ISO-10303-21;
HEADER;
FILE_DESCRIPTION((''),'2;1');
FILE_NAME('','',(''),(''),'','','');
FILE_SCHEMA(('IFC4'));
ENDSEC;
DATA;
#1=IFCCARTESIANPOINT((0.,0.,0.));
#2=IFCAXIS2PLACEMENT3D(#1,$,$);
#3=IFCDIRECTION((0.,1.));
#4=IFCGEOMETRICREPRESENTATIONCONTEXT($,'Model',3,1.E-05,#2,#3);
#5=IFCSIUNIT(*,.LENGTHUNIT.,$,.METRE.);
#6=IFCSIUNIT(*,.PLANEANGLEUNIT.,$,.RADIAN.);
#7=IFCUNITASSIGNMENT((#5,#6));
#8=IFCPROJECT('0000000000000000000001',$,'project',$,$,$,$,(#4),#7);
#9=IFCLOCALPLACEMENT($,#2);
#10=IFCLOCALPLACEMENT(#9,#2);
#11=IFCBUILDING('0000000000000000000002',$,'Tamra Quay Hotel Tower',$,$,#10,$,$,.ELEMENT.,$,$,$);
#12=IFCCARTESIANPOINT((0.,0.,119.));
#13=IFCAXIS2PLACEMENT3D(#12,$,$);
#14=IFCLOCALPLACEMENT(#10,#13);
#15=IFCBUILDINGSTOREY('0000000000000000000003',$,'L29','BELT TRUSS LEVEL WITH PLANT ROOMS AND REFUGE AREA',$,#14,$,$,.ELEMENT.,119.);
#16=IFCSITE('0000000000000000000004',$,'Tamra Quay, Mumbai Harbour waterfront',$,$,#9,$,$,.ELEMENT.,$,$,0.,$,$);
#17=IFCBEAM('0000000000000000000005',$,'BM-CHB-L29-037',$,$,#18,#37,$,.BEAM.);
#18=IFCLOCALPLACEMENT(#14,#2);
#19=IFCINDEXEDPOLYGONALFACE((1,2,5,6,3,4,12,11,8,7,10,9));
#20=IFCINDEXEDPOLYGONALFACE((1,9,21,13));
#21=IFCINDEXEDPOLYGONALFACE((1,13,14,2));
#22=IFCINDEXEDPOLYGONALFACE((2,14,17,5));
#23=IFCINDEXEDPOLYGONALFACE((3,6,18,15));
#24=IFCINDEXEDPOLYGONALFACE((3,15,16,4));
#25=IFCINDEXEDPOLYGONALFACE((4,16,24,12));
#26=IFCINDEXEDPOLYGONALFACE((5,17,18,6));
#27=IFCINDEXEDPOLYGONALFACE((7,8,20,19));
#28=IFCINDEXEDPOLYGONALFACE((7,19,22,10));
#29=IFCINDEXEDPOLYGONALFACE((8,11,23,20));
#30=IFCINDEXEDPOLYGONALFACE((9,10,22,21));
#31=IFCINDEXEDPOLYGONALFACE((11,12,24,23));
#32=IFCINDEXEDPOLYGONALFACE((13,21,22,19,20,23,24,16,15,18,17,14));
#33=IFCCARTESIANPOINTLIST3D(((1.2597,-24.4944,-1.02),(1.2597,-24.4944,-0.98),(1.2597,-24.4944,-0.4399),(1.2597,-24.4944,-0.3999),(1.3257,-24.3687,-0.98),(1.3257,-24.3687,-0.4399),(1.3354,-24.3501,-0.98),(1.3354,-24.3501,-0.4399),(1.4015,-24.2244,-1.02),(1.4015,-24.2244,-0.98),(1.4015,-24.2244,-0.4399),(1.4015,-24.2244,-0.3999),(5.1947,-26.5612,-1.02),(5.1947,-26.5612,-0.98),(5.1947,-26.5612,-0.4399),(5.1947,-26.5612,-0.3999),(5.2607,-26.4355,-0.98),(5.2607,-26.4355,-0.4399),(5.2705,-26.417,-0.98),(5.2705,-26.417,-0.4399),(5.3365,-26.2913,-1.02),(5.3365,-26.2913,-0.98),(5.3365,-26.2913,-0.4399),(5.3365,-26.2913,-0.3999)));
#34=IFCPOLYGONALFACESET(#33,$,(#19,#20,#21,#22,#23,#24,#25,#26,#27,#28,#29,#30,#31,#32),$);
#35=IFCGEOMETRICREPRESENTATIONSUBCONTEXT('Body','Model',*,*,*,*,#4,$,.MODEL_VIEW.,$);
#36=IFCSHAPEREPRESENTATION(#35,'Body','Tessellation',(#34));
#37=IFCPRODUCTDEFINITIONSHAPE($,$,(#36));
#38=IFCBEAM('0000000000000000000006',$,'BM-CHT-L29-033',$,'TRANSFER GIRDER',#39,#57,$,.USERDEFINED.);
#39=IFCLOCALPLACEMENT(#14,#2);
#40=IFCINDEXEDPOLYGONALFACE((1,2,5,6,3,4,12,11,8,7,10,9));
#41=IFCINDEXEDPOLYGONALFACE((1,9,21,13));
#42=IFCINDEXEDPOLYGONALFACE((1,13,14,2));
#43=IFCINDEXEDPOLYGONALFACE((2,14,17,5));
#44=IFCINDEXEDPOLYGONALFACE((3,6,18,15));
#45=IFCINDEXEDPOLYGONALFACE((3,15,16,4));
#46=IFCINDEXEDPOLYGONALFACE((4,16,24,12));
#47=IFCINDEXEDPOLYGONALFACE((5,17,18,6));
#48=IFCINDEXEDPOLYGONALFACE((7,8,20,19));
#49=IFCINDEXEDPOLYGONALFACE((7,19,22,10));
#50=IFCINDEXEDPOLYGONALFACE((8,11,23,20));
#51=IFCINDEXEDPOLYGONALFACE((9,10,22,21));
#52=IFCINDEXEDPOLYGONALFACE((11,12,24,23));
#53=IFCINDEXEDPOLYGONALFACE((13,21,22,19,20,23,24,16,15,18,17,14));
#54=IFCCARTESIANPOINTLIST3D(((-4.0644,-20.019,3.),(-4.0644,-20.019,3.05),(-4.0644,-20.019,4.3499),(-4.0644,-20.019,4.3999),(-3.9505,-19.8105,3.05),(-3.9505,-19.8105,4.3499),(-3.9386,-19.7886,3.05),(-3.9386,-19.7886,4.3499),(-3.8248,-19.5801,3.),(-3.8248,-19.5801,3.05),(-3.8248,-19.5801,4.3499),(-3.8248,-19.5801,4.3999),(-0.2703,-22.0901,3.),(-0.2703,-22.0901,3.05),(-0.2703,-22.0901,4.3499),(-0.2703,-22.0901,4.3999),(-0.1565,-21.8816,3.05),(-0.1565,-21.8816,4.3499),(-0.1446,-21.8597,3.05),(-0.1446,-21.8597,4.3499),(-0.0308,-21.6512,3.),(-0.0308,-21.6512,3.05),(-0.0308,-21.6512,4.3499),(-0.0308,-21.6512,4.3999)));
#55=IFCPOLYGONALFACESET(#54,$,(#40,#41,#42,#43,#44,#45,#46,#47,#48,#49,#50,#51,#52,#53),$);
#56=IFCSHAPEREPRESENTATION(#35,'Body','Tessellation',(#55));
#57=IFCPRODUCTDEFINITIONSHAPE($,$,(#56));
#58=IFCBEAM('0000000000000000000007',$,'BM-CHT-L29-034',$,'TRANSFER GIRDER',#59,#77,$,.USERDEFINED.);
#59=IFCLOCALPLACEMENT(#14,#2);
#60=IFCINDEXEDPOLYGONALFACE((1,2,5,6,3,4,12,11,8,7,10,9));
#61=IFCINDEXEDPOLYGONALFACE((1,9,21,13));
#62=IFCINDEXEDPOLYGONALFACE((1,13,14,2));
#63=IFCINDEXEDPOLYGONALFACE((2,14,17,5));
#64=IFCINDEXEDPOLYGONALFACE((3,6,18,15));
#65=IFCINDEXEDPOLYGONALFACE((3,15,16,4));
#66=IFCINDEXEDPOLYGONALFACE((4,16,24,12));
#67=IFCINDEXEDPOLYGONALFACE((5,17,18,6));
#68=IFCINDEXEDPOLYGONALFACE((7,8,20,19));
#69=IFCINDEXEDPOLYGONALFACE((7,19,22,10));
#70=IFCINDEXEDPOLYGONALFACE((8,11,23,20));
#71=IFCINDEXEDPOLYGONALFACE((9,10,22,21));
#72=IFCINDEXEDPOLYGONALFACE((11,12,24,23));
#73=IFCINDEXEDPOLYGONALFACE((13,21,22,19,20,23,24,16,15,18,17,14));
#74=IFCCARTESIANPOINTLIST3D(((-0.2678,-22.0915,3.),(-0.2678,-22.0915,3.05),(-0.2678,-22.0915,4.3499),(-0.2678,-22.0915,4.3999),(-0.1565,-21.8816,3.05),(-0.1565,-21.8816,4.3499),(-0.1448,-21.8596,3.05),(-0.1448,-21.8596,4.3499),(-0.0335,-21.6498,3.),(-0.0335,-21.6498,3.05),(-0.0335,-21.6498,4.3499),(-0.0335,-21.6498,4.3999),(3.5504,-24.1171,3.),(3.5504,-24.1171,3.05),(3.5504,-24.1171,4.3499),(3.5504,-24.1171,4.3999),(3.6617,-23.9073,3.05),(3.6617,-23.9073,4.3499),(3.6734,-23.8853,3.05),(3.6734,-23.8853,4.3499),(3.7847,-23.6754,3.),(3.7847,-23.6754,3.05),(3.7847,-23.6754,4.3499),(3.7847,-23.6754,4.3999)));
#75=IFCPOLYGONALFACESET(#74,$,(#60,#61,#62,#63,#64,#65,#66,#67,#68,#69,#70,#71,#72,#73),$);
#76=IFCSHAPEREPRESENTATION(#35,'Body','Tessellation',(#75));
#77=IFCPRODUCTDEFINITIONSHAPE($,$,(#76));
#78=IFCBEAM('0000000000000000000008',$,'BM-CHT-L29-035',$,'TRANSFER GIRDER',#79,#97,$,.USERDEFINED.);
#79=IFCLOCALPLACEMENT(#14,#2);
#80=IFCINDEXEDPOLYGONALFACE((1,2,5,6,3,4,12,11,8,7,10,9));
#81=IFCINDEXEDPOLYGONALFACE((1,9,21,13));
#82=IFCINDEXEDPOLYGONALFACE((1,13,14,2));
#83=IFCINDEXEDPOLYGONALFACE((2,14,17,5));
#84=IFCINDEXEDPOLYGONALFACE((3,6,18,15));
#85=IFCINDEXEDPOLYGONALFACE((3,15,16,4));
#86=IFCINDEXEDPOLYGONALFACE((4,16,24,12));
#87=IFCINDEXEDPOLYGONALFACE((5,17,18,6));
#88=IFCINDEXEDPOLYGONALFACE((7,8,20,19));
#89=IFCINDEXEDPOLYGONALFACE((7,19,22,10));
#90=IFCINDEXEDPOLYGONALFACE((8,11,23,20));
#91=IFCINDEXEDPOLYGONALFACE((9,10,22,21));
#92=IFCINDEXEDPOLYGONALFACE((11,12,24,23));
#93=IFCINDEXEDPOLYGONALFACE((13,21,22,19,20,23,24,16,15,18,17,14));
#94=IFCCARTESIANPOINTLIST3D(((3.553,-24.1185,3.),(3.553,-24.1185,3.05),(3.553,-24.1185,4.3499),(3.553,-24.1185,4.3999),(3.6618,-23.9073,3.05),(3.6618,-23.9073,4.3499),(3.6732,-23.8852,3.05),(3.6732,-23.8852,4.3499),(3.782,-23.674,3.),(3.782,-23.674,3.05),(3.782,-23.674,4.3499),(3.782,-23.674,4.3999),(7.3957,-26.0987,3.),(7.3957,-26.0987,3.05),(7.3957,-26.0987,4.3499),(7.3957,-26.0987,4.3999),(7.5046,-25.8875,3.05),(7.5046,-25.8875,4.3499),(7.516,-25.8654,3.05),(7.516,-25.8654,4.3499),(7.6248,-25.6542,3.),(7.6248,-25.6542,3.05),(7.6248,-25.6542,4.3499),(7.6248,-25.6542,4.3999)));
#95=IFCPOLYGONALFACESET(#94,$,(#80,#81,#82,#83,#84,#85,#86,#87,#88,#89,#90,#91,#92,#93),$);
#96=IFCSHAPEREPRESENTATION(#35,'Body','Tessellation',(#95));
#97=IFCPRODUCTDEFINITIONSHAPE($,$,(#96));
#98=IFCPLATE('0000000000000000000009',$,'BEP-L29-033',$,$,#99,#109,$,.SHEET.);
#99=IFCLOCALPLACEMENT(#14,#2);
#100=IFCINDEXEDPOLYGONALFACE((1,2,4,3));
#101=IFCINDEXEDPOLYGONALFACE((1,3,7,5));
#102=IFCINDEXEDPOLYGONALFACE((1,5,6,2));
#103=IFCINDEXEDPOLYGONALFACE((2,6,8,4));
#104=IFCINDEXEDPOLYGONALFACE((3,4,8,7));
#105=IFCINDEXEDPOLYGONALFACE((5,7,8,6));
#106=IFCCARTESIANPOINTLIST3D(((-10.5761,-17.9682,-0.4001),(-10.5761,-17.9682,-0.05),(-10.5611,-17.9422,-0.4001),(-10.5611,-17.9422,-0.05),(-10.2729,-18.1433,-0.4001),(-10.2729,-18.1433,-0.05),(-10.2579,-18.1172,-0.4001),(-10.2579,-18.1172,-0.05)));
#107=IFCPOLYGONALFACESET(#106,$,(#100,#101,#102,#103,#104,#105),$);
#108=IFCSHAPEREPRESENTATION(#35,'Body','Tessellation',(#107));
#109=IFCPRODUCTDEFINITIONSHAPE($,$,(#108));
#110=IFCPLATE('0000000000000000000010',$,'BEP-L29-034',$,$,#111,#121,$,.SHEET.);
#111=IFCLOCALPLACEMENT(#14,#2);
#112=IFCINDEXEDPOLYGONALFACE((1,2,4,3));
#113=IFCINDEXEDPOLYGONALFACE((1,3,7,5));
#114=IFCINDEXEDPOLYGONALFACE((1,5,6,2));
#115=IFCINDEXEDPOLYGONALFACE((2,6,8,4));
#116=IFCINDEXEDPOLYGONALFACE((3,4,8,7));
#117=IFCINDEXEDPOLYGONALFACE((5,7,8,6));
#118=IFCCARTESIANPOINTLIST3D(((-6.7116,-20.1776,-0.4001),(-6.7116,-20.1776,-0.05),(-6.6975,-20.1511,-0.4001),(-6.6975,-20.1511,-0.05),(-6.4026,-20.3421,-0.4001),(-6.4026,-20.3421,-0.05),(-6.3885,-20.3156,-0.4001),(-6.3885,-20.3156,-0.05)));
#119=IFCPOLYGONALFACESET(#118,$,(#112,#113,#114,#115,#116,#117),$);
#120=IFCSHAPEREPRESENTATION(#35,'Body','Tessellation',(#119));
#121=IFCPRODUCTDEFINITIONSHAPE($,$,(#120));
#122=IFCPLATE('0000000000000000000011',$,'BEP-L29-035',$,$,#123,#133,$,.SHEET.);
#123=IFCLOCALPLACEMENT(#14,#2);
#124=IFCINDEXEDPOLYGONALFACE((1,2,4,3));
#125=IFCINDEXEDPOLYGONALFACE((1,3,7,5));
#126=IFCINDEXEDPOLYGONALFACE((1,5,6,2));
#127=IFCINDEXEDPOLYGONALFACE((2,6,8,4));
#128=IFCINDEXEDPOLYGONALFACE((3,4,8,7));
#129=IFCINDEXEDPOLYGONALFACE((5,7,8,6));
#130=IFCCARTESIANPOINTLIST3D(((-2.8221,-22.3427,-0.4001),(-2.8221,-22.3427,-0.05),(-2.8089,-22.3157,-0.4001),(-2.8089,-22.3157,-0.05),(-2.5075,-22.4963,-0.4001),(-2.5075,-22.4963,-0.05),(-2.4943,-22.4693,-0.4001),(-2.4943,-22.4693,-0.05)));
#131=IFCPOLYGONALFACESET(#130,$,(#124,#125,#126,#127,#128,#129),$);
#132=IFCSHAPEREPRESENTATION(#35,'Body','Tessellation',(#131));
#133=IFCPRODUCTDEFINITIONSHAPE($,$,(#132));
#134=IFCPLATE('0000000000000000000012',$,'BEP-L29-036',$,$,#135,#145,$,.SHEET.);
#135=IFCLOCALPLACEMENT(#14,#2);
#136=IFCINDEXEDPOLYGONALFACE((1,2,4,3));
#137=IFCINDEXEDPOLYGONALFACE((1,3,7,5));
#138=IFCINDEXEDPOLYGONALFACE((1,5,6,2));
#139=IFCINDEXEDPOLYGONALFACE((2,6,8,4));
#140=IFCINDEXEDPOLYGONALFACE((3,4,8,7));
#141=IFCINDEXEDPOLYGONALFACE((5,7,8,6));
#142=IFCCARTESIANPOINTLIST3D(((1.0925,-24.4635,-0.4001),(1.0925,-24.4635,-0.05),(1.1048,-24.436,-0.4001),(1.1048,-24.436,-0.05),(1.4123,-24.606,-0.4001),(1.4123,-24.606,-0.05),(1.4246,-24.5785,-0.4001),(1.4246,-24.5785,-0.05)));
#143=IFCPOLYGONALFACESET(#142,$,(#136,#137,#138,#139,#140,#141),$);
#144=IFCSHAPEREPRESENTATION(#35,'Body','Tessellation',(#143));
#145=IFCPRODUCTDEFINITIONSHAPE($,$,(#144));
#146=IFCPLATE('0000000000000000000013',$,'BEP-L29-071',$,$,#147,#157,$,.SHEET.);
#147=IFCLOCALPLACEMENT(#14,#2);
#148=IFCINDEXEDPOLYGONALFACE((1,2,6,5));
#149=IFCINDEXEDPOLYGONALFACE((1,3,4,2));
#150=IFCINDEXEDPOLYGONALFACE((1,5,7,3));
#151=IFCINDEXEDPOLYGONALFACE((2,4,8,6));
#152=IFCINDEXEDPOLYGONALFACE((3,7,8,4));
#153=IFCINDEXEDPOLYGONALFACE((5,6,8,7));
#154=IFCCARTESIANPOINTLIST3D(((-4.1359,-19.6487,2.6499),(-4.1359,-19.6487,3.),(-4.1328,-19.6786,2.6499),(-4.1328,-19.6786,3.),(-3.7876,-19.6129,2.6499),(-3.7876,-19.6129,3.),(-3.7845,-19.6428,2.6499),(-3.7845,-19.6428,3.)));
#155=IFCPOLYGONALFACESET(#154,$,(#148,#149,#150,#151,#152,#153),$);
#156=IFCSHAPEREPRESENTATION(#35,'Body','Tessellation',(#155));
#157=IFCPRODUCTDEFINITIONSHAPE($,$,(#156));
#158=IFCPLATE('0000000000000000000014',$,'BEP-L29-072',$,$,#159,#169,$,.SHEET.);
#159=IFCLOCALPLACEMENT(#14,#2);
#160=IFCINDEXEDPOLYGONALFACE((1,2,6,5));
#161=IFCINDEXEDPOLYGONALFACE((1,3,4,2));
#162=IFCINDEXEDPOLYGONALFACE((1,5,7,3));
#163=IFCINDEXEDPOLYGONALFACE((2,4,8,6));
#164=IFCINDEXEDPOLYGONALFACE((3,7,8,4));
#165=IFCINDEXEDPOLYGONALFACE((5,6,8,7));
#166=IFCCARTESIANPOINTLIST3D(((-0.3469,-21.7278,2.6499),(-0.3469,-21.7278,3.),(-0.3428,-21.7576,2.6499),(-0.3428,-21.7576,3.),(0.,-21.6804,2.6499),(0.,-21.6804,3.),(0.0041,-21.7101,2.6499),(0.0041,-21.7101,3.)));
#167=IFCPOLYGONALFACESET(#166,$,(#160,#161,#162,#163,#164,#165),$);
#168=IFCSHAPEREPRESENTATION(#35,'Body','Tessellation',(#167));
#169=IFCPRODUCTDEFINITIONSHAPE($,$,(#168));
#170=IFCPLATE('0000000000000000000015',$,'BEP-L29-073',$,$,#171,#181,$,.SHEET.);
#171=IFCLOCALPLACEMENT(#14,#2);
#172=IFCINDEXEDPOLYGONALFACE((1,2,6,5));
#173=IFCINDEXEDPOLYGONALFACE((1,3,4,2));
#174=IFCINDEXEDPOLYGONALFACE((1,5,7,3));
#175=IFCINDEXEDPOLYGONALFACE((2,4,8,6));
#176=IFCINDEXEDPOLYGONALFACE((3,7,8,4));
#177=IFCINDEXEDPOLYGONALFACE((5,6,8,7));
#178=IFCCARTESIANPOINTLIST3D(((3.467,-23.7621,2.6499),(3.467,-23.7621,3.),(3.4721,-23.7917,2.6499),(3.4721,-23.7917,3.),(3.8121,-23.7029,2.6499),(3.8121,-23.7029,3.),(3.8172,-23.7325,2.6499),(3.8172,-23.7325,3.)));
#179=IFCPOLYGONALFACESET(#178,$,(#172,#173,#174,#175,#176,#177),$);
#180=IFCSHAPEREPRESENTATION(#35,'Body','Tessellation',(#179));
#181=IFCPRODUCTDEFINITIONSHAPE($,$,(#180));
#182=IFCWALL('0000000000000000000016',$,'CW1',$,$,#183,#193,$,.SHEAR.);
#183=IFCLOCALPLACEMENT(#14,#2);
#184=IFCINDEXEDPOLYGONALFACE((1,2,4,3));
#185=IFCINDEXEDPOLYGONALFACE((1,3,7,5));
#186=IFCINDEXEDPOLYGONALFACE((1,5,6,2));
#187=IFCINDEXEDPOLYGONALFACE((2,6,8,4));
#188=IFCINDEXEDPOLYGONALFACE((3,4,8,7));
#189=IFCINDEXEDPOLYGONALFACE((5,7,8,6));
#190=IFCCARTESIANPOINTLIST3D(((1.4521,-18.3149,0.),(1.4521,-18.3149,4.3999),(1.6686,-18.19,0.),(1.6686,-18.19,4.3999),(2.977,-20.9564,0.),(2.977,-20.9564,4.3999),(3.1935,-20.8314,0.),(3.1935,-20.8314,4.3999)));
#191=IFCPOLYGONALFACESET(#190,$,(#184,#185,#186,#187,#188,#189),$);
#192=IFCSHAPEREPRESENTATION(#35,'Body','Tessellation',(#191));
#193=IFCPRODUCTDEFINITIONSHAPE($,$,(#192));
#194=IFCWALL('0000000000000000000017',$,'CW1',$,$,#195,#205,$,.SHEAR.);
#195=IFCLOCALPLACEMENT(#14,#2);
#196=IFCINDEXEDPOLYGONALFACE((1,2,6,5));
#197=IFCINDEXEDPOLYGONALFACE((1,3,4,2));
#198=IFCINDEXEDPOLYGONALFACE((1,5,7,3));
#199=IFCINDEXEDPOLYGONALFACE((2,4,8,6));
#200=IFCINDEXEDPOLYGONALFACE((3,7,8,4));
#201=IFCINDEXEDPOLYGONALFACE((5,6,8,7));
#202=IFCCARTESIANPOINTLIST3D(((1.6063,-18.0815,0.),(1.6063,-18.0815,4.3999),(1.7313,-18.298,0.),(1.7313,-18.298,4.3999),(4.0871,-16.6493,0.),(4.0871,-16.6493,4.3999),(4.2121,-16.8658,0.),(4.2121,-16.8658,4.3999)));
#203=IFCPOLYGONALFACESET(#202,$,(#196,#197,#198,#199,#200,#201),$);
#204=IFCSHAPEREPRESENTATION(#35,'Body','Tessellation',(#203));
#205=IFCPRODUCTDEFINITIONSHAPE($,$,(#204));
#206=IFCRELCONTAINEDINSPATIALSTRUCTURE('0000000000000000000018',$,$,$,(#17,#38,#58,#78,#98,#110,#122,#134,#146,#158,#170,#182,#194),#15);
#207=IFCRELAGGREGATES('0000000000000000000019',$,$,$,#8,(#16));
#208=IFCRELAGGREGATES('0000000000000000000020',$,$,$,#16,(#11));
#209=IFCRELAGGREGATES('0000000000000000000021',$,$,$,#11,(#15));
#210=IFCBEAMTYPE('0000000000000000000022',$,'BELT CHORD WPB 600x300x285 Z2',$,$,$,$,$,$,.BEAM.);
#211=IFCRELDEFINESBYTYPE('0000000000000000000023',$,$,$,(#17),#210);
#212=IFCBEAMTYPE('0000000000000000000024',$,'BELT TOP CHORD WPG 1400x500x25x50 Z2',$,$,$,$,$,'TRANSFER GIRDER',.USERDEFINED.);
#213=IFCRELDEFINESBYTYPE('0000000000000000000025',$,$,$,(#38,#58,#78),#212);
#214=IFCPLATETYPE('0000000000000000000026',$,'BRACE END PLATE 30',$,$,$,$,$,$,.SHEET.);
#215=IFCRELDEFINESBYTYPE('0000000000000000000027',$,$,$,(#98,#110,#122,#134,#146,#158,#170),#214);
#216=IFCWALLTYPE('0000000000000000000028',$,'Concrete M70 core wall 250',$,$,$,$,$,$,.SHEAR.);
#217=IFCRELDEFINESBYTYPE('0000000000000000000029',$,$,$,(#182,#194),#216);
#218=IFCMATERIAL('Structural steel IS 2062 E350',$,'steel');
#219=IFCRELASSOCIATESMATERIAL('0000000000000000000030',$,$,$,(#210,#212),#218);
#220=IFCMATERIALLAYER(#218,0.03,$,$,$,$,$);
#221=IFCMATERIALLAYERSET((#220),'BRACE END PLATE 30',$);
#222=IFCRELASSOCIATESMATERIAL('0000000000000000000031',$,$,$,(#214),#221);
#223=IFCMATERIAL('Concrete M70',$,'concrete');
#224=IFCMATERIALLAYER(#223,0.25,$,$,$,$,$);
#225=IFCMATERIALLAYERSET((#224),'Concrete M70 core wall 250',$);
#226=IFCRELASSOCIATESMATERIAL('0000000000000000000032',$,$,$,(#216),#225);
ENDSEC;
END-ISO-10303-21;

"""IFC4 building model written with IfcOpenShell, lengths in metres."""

from ifc_helpers import new_model, si_unit, direction, frame, frame_2d, origin, origin_2d, place, context, subcontext, project, spatial, rectangle, i_section, extrude, material, layer, layer_set, material_profile, profile_set, type_object, element, save


model = new_model("IFC4")

# Units and contexts
model_context = context("Model", 3, precision=1e-05, world=origin(), true_north=direction((0.0, 1.0)))
body_context = subcontext(model_context, "Body", "Model", "MODEL_VIEW")
ifc_project = project(units=[si_unit("LENGTHUNIT", "METRE"), si_unit("PLANEANGLEUNIT", "RADIAN")], contexts=[model_context])

# Site, building, storey
site_placement = place(None, origin())
site = spatial("IfcSite", under=ifc_project, at=site_placement, Name="Tamra Quay, Mumbai Harbour waterfront", CompositionType="ELEMENT", RefElevation=0.0)
building_placement = place(site_placement, origin())
building = spatial("IfcBuilding", under=site, at=building_placement, Name="Tamra Quay Hotel Tower", CompositionType="ELEMENT")
storey_placement = place(building_placement, frame((0.0, 0.0, 119.0)))
storey = spatial("IfcBuildingStorey", under=building, at=storey_placement, Name="L29", Description="BELT TRUSS LEVEL WITH PLANT ROOMS AND REFUGE AREA", CompositionType="ELEMENT", Elevation=119.0)

# Shared definitions
ifc_material_1 = material(Name="Structural steel IS 2062 E350", Category="steel")

# Beams
ifc_material_profile_1 = material_profile(ifc_material_1, i_section(OverallWidth=0.3049, OverallDepth=0.6201, WebThickness=0.021, FlangeThickness=0.04, at=origin_2d()), Name="WPB 600x300x285")
ifc_profile_set_1 = profile_set([ifc_material_profile_1], Name="Structural steel IS 2062 E350")
beam_type_1 = type_object("IfcBeamType", Name="BELT CHORD WPB 600x300x285 Z2", PredefinedType="BEAM", material=ifc_profile_set_1)
beam_1_placement = place(storey_placement, frame((1.3306, -24.3594, -0.71), z_axis=(0.885306, -0.465008, 0.0), x_axis=(0.465008, 0.885306, 0.0)))
element("IfcBeam", 1, at=beam_1_placement, inside=storey, type_object=beam_type_1, Name="BM-CHB-L29-037", PredefinedType="BEAM", context=body_context, shape_type="SweptSolid", body=[
    extrude(i_section(OverallWidth=0.3049, OverallDepth=0.6201, WebThickness=0.021, FlangeThickness=0.04, at=origin_2d()), origin(), (0.0, 0.0, 1.0), 4.4448),
])
ifc_material_profile_2 = material_profile(ifc_material_1, i_section(OverallWidth=0.5, OverallDepth=1.3999, WebThickness=0.0249, FlangeThickness=0.05, at=origin_2d()), Name="WPG 1400x500x25x50")
ifc_profile_set_2 = profile_set([ifc_material_profile_2], Name="Structural steel IS 2062 E350")
beam_type_2 = type_object("IfcBeamType", Name="BELT TOP CHORD WPG 1400x500x25x50 Z2", ElementType="TRANSFER GIRDER", PredefinedType="USERDEFINED", material=ifc_profile_set_2)
beam_2_placement = place(storey_placement, frame((-3.9446, -19.7996, 3.7), z_axis=(0.877738, -0.479141, 0.0), x_axis=(0.479141, 0.877738, 0.0)))
element("IfcBeam", 2, at=beam_2_placement, inside=storey, type_object=beam_type_2, Name="BM-CHT-L29-033", ObjectType="TRANSFER GIRDER", PredefinedType="USERDEFINED", context=body_context, shape_type="SweptSolid", body=[
    extrude(i_section(OverallWidth=0.5, OverallDepth=1.3999, WebThickness=0.0249, FlangeThickness=0.05, at=origin_2d()), origin(), (0.0, 0.0, 1.0), 4.3225),
])
beam_3_placement = place(storey_placement, frame((-0.1506, -21.8706, 3.7), z_axis=(0.883378, -0.468661, 0.0), x_axis=(0.468661, 0.883378, 0.0)))
element("IfcBeam", 3, at=beam_3_placement, inside=storey, type_object=beam_type_2, Name="BM-CHT-L29-034", ObjectType="TRANSFER GIRDER", PredefinedType="USERDEFINED", context=body_context, shape_type="SweptSolid", body=[
    extrude(i_section(OverallWidth=0.5, OverallDepth=1.3999, WebThickness=0.0249, FlangeThickness=0.05, at=origin_2d()), origin(), (0.0, 0.0, 1.0), 4.3223),
])
beam_4_placement = place(storey_placement, frame((3.6675, -23.8962, 3.7), z_axis=(0.888917, -0.458069, 0.0), x_axis=(0.458069, 0.888917, 0.0)))
element("IfcBeam", 4, at=beam_4_placement, inside=storey, type_object=beam_type_2, Name="BM-CHT-L29-035", ObjectType="TRANSFER GIRDER", PredefinedType="USERDEFINED", context=body_context, shape_type="SweptSolid", body=[
    extrude(i_section(OverallWidth=0.5, OverallDepth=1.3999, WebThickness=0.0249, FlangeThickness=0.05, at=origin_2d()), origin(), (0.0, 0.0, 1.0), 4.323),
])

# Plates
ifc_layer_1 = layer(ifc_material_1, 0.03)
ifc_layer_set_1 = layer_set([ifc_layer_1], Name="BRACE END PLATE 30")
plate_type = type_object("IfcPlateType", Name="BRACE END PLATE 30", PredefinedType="SHEET", material=ifc_layer_set_1)
for number, where, z_axis, x_axis, name in (
    (5, (-10.417, -18.0427, -0.4001), (0.0, 0.0, 1.0), (0.500009, 0.86602, 0.0), "BEP-L29-033"),
    (6, (-6.55, -20.2466, -0.4001), (0.0, 0.0, 1.0), (0.469758, 0.882795, 0.0), "BEP-L29-034"),
    (7, (-2.6582, -22.406, -0.4001), (0.0, 0.0, 1.0), (0.438829, 0.898571, 0.0), "BEP-L29-035"),
    (8, (1.2585, -24.521, -0.4001), (0.0, 0.0, 1.0), (0.406992, 0.913432, 0.0), "BEP-L29-036"),
    (9, (-3.9602, -19.6458, 2.6499), (0.0, 0.0, 1.0), (-0.102138, 0.99477, 0.0), "BEP-L29-071"),
    (10, (-0.1714, -21.719, 2.6499), (0.0, 0.0, 1.0), (-0.135551, 0.99077, 0.0), "BEP-L29-072"),
    (11, (3.6421, -23.7473, 2.6499), (0.0, 0.0, 1.0), (-0.169224, 0.985578, 0.0), "BEP-L29-073"),
):
    element("IfcPlate", number, at=place(storey_placement, frame(where, z_axis=z_axis, x_axis=x_axis)), inside=storey, type_object=plate_type, Name=name, PredefinedType="SHEET", context=body_context, shape_type="SweptSolid", body=[
        extrude(rectangle(XDim=0.03, YDim=0.3501, at=origin_2d()), origin(), (0.0, 0.0, 1.0), 0.3501),
    ])

# Walls
ifc_material_2 = material(Name="Concrete M70", Category="concrete")
ifc_layer_2 = layer(ifc_material_2, 0.25)
ifc_layer_set_2 = layer_set([ifc_layer_2], Name="Concrete M70 core wall 250")
wall_type_1 = type_object("IfcWallType", Name="Concrete M70 core wall 250", PredefinedType="SHEAR", material=ifc_layer_set_2)
wall_1_placement = place(storey_placement, frame((3.0852, -20.8938, 0.0), z_axis=(0.0, 0.0, 1.0), x_axis=(-0.499979, 0.866038, 0.0)))
element("IfcWall", 12, at=wall_1_placement, inside=storey, type_object=wall_type_1, Name="CW1", PredefinedType="SHEAR", context=body_context, shape_type="SweptSolid", body=[
    extrude(rectangle(XDim=3.05, YDim=0.25, at=frame_2d((1.5249, 0.0))), origin(), (0.0, 0.0, 1.0), 4.3999),
])
wall_2_placement = place(storey_placement, frame((1.6689, -18.1897, 0.0), z_axis=(0.0, 0.0, 1.0), x_axis=(0.866042, 0.499971, 0.0)))
element("IfcWall", 13, at=wall_2_placement, inside=storey, type_object=wall_type_1, Name="CW1", PredefinedType="SHEAR", context=body_context, shape_type="SweptSolid", body=[
    extrude(rectangle(XDim=2.8645, YDim=0.25, at=frame_2d((1.4321, 0.0))), origin(), (0.0, 0.0, 1.0), 4.3999),
])

save(model, "model.ifc")
